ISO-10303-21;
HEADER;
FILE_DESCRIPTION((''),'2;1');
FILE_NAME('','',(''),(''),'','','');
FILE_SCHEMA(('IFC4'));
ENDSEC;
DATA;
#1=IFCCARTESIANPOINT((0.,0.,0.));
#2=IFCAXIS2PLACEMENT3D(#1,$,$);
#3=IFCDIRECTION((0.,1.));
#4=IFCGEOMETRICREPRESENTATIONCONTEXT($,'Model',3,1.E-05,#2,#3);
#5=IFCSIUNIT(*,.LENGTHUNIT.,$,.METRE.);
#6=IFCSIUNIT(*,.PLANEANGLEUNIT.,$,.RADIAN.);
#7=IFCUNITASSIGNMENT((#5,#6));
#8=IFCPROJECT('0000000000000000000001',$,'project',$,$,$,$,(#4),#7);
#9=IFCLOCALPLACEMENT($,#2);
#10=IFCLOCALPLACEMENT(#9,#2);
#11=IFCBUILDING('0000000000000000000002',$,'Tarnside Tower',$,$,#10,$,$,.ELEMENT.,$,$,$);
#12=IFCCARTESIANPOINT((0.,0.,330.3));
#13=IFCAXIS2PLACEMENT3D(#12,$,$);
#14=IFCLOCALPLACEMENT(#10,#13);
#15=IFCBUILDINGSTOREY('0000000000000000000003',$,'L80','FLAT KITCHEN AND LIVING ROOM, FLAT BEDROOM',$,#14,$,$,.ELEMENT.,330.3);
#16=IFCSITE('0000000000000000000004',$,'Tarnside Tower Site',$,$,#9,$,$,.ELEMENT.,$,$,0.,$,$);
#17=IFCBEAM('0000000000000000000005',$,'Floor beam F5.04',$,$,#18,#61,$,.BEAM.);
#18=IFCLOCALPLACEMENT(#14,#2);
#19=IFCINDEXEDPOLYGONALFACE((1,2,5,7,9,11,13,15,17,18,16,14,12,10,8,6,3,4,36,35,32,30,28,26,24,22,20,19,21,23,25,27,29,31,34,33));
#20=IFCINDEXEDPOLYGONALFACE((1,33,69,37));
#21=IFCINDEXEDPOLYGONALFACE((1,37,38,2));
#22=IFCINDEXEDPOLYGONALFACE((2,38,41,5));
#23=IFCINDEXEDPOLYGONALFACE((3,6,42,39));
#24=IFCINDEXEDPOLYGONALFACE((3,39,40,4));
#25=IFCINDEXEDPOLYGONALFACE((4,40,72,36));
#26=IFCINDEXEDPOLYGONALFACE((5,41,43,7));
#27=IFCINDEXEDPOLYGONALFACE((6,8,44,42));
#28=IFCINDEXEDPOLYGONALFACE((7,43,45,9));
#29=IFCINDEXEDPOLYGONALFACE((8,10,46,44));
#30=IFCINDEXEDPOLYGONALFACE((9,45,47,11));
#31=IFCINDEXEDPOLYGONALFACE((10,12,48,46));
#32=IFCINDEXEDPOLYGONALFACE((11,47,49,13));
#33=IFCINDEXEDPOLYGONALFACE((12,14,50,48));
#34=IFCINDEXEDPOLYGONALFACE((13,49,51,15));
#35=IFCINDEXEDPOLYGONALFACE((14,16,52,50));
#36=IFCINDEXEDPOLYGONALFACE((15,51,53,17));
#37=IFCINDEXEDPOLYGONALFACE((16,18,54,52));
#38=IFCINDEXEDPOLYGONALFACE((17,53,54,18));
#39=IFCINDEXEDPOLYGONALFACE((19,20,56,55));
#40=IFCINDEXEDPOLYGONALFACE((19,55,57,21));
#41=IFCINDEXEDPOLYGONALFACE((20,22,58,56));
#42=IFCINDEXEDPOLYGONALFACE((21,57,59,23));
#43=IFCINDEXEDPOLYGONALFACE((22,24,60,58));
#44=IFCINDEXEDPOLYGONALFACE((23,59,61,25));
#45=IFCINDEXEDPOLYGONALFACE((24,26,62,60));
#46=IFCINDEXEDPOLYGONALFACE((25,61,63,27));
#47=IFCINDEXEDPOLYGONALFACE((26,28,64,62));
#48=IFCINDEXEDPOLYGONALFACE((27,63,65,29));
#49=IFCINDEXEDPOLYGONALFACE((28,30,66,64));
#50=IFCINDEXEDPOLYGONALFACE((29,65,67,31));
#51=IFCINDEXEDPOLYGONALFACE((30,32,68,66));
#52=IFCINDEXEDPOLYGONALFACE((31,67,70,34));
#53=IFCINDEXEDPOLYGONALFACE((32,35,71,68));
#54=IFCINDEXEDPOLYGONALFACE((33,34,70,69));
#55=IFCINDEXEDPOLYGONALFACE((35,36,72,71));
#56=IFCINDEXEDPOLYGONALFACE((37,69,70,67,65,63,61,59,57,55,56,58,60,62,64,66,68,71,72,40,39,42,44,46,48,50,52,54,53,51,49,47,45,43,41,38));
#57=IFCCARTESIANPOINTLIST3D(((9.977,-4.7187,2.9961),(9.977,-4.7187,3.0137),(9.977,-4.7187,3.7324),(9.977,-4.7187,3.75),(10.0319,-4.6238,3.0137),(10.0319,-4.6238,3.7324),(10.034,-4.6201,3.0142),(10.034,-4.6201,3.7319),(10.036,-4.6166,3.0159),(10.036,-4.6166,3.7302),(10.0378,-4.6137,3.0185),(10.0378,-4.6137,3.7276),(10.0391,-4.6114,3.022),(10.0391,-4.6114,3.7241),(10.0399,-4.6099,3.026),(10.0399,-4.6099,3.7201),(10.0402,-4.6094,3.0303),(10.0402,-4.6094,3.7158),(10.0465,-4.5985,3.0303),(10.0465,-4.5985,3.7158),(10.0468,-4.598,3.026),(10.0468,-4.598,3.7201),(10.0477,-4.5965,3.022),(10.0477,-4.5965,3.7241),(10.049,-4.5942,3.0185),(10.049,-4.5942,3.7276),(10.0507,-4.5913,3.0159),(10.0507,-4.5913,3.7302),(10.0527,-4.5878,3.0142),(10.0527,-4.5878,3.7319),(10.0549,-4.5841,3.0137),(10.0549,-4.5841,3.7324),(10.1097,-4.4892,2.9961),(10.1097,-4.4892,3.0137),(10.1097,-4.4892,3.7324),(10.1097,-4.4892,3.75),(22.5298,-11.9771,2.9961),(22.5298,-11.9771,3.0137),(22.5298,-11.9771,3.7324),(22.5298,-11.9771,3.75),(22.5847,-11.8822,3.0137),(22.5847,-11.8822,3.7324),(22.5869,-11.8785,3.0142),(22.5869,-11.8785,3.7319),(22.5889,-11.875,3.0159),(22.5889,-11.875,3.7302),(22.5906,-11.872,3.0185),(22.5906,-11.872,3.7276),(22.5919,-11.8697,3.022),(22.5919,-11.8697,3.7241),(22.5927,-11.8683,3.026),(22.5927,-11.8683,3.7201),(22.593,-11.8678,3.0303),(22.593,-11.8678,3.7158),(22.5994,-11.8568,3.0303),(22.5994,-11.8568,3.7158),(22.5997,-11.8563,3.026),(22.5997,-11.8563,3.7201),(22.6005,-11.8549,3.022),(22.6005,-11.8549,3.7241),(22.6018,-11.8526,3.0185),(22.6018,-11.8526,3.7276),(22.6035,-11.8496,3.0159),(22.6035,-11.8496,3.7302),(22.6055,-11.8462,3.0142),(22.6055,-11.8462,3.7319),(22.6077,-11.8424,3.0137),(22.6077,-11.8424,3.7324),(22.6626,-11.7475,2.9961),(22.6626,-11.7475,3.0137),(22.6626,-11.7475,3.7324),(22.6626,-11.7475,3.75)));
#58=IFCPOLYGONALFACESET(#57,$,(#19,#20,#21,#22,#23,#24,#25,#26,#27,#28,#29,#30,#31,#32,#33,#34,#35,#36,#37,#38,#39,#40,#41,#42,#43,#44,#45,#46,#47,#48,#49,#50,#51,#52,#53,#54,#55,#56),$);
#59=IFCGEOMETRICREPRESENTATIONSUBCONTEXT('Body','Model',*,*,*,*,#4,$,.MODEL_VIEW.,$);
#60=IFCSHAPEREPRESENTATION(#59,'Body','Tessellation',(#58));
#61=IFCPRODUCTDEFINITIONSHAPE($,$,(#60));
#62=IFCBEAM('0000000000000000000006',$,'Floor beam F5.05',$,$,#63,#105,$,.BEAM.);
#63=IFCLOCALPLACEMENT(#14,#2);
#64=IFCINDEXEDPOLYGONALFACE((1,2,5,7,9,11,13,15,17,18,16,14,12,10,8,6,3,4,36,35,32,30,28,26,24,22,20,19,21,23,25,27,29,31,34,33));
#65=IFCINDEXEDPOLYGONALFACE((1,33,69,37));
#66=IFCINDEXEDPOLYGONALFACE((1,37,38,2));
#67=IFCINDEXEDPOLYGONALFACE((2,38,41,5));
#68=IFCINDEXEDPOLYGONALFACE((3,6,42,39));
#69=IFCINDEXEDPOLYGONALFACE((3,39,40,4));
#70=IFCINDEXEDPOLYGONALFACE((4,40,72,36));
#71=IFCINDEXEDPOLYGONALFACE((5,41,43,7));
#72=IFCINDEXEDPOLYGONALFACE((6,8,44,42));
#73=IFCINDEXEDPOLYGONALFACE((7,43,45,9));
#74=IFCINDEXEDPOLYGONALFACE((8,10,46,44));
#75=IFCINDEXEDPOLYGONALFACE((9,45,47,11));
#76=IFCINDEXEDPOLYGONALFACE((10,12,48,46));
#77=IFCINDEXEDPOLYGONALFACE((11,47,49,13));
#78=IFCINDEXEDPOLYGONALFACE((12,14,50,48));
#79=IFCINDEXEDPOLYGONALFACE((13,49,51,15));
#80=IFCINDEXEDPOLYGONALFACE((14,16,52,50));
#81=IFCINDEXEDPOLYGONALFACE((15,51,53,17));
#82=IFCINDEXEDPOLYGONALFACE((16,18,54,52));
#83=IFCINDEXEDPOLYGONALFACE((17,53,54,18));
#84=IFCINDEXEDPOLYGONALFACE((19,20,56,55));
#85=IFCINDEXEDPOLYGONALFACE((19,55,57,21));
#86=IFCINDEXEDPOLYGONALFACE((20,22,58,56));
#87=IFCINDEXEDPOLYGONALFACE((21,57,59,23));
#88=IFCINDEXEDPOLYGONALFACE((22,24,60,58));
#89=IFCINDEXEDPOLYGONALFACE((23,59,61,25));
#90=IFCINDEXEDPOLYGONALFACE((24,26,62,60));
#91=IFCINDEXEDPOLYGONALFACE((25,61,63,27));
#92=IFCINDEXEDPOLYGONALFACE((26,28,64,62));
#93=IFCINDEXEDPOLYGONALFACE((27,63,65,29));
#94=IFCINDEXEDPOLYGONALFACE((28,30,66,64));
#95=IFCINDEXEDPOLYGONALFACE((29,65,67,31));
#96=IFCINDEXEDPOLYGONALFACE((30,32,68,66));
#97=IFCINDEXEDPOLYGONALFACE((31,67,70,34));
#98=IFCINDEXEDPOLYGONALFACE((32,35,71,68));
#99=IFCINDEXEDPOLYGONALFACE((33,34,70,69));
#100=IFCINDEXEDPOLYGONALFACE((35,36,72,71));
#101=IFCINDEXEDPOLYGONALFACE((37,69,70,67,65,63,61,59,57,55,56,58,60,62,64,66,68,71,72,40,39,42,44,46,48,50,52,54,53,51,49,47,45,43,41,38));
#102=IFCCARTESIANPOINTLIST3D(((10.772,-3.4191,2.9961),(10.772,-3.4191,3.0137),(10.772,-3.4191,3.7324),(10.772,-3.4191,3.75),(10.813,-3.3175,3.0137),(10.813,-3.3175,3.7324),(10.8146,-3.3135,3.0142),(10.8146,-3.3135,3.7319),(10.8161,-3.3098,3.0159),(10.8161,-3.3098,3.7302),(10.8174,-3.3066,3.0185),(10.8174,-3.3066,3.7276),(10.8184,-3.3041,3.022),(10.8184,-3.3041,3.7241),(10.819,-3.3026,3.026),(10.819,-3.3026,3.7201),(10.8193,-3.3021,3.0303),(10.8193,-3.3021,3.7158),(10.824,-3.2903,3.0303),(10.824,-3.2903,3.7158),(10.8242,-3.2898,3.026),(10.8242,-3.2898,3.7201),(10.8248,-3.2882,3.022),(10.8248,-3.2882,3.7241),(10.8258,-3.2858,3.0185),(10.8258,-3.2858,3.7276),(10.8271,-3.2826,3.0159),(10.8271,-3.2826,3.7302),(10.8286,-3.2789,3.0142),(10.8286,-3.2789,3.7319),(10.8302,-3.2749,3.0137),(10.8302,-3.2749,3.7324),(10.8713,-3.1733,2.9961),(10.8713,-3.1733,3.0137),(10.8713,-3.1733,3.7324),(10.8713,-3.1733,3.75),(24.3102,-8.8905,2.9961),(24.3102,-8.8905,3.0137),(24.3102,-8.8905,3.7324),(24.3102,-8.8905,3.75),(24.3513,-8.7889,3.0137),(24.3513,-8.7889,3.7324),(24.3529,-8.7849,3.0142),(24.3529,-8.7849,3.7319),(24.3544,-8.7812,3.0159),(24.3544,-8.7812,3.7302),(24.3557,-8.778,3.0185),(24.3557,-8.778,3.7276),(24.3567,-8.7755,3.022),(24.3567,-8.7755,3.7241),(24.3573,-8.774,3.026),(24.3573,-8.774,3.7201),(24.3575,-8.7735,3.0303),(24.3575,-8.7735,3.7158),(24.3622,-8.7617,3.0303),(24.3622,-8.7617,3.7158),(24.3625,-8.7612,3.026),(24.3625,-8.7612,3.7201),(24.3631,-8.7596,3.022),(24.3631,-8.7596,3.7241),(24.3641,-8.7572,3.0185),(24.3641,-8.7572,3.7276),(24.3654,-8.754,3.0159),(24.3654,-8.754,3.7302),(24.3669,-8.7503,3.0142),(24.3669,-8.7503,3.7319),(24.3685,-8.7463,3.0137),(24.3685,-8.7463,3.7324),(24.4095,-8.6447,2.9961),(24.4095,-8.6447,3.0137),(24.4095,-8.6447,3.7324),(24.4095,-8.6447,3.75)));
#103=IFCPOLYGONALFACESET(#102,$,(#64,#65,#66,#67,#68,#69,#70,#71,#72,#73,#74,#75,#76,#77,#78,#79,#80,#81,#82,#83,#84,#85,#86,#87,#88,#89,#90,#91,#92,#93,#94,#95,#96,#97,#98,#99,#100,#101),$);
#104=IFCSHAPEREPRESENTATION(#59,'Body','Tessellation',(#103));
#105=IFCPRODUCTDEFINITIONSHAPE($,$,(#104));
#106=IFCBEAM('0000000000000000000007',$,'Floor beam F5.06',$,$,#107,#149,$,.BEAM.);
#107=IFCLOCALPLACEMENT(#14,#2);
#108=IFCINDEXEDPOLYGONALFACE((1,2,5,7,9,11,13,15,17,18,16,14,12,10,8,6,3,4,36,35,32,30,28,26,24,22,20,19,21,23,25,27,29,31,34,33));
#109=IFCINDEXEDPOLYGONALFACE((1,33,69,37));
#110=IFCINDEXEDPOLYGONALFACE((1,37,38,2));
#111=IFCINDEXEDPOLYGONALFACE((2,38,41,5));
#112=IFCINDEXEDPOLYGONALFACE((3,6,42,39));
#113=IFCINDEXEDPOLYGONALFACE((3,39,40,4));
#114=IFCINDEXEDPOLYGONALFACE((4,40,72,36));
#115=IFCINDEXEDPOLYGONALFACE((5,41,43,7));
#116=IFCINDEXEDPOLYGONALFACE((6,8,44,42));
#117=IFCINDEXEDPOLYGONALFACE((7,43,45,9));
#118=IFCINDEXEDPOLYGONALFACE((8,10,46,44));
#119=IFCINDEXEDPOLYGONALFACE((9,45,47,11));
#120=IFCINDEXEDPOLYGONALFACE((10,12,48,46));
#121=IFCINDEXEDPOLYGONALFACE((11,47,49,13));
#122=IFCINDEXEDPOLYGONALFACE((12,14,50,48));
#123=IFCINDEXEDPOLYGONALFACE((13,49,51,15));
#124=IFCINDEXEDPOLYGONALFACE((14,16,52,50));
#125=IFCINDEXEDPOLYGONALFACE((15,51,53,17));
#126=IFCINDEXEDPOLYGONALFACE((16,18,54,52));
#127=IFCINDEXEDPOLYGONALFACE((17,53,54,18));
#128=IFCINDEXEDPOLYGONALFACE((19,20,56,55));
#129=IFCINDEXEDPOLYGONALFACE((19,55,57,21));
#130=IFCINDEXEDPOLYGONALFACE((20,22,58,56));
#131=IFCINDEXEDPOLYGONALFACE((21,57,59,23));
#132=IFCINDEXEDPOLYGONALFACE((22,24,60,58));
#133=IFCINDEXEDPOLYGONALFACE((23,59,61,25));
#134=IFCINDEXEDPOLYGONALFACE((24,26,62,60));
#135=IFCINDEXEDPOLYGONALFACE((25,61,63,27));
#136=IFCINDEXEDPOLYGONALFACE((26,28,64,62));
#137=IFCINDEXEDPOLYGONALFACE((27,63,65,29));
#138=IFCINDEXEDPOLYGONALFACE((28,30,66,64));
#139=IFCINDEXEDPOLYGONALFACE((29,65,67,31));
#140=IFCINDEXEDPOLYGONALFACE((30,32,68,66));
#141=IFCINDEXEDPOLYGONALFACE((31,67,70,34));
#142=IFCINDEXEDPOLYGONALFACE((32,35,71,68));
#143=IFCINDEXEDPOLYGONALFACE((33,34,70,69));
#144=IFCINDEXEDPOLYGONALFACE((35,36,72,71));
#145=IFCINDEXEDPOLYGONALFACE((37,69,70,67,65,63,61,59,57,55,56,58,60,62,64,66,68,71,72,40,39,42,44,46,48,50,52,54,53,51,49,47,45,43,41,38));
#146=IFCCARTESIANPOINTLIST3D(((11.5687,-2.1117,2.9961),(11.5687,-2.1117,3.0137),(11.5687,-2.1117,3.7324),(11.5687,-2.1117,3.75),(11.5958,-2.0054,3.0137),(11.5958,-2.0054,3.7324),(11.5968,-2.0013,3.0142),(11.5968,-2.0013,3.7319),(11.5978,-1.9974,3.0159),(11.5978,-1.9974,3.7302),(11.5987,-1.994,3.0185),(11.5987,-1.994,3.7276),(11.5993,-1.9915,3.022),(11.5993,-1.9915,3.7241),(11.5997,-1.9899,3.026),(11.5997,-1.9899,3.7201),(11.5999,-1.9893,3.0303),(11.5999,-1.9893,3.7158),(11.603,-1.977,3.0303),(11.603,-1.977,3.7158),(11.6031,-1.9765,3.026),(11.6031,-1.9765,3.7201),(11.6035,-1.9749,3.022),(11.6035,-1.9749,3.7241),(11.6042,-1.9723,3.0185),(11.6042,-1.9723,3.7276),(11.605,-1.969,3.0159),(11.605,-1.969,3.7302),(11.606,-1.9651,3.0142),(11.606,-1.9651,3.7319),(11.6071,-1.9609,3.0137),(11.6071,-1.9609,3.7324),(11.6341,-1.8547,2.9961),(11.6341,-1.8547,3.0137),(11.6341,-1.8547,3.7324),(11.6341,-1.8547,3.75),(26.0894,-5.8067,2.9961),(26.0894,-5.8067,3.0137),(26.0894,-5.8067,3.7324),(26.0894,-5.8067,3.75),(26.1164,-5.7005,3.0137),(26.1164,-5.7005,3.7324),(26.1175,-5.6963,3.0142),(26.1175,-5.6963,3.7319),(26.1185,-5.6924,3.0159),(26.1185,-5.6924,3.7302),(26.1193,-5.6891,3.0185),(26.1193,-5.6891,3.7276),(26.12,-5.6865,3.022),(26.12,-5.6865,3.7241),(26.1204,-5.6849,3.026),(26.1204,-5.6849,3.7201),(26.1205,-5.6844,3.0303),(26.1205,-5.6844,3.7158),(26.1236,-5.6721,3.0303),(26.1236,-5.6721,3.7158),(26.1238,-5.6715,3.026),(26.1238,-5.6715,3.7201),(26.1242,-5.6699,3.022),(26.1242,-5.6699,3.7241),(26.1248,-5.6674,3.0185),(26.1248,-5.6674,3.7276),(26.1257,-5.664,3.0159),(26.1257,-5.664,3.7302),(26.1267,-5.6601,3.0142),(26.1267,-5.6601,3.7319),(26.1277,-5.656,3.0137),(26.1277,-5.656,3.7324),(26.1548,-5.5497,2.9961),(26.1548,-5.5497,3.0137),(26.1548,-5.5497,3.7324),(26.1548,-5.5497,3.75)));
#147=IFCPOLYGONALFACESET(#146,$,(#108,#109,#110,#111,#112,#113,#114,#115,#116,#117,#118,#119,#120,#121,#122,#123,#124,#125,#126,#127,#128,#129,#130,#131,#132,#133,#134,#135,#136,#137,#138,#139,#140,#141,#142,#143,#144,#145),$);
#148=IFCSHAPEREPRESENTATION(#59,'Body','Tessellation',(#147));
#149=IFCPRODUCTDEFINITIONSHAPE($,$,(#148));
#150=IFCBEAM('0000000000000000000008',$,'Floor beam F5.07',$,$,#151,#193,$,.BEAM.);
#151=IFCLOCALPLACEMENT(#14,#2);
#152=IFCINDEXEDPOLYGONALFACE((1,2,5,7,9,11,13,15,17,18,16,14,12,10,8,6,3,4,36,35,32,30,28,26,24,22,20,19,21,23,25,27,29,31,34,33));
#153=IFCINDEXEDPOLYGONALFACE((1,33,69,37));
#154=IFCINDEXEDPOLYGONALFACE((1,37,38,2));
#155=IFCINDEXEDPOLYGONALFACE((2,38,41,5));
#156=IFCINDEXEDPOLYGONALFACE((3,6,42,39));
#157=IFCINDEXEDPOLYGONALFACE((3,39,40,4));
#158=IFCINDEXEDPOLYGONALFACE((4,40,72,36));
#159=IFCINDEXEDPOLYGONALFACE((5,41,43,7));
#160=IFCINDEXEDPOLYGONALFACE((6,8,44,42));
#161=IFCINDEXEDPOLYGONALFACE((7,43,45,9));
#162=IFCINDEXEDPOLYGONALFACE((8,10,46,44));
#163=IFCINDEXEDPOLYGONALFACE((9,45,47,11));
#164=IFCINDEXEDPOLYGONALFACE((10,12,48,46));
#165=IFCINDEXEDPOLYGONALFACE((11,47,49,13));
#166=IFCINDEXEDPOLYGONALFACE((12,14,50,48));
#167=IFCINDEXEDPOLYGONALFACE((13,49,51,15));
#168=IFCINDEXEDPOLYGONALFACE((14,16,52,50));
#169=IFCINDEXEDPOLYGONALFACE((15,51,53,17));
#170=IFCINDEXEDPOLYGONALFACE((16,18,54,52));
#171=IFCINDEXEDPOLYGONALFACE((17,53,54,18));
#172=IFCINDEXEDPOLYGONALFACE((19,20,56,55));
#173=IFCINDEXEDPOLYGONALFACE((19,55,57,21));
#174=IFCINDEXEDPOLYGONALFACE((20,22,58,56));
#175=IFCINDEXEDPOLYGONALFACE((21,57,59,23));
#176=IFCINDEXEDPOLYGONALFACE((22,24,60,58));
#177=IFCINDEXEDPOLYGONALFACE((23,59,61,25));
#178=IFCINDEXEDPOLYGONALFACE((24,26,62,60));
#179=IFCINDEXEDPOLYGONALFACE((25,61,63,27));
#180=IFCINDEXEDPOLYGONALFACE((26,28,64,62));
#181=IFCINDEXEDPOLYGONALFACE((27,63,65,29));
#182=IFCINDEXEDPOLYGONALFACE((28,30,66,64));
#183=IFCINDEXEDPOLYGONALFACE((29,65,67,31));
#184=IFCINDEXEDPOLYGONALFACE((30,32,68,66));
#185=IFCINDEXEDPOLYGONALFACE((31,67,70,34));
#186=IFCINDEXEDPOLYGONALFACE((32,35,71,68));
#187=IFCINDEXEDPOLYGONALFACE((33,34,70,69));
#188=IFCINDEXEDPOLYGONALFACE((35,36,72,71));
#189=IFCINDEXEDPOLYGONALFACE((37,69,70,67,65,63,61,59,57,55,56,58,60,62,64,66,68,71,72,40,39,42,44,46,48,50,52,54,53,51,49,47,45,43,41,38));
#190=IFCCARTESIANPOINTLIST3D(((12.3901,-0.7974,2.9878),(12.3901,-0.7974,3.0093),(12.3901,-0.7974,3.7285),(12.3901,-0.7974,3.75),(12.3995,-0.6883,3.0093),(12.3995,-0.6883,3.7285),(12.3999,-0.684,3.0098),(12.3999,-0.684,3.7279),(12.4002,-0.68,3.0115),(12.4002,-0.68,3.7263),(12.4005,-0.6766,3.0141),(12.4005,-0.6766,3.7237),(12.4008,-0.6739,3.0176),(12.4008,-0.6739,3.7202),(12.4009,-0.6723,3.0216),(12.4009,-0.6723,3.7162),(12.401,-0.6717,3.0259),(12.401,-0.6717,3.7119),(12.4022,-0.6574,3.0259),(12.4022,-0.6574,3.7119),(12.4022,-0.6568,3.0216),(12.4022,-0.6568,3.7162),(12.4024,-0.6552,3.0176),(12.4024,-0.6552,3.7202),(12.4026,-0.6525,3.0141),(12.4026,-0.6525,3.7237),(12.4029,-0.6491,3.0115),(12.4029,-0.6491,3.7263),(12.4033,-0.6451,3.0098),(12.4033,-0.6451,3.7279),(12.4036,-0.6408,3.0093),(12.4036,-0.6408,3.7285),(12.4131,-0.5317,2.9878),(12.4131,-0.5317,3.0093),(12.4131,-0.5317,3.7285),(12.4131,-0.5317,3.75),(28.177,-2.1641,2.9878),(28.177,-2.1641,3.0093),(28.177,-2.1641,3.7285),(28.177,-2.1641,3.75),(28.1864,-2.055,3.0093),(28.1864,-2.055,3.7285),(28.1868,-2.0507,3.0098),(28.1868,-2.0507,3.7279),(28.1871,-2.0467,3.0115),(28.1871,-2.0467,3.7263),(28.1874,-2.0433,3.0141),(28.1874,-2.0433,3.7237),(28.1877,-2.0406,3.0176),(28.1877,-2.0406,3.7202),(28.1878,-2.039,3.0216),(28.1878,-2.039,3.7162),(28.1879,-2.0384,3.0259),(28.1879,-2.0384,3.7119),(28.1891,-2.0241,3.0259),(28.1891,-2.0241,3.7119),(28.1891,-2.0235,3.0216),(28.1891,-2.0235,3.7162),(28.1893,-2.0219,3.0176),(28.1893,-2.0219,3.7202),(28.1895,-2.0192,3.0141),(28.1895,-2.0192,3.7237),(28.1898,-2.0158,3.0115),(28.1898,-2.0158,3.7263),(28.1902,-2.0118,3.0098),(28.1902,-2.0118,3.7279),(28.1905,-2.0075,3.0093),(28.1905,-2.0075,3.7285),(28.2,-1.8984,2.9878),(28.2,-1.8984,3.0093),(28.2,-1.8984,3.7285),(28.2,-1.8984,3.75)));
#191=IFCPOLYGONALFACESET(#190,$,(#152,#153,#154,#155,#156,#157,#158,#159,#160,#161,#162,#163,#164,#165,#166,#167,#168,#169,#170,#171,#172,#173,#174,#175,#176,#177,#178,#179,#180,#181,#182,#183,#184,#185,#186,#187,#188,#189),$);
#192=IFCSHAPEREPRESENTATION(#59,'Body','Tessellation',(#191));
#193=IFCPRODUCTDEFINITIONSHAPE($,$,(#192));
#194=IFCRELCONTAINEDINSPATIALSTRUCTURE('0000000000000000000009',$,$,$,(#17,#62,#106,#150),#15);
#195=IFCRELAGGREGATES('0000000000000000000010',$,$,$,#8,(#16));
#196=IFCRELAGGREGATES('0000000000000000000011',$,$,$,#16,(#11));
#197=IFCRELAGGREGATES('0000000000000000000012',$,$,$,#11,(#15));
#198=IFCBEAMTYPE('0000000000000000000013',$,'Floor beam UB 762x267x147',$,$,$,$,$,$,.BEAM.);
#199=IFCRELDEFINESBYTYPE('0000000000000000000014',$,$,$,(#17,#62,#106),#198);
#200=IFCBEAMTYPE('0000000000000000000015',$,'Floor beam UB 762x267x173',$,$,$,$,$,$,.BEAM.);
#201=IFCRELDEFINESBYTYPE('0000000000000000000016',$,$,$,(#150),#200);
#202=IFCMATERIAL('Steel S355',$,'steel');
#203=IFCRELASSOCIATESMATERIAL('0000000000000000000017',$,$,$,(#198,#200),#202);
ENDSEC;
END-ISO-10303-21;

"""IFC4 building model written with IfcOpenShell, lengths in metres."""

from ifc_helpers import new_model, si_unit, direction, frame, origin, origin_2d, place, context, subcontext, project, spatial, i_section, extrude, material, material_profile, profile_set, type_object, element, save


model = new_model("IFC4")

# Units and contexts
model_context = context("Model", 3, precision=1e-05, world=origin(), true_north=direction((0.0, 1.0)))
body_context = subcontext(model_context, "Body", "Model", "MODEL_VIEW")
ifc_project = project(units=[si_unit("LENGTHUNIT", "METRE"), si_unit("PLANEANGLEUNIT", "RADIAN")], contexts=[model_context])

# Site, building, storey
site_placement = place(None, origin())
site = spatial("IfcSite", under=ifc_project, at=site_placement, Name="Tarnside Tower Site", CompositionType="ELEMENT", RefElevation=0.0)
building_placement = place(site_placement, origin())
building = spatial("IfcBuilding", under=site, at=building_placement, Name="Tarnside Tower", CompositionType="ELEMENT")
storey_placement = place(building_placement, frame((0.0, 0.0, 330.3)))
storey = spatial("IfcBuildingStorey", under=building, at=storey_placement, Name="L80", Description="FLAT KITCHEN AND LIVING ROOM, FLAT BEDROOM", CompositionType="ELEMENT", Elevation=330.3)

# Beams
ifc_material_1 = material(Name="Steel S355", Category="steel")
ifc_material_profile_1 = material_profile(ifc_material_1, i_section(OverallWidth=0.2651, OverallDepth=0.7539, WebThickness=0.0127, FlangeThickness=0.0176, FilletRadius=0.0166, at=origin_2d()), Name="UB 762x267x147")
ifc_profile_set_1 = profile_set([ifc_material_profile_1], Name="Steel S355")
beam_type_1 = type_object("IfcBeamType", Name="Floor beam UB 762x267x147", PredefinedType="BEAM", material=ifc_profile_set_1)
beam_1_placement = place(storey_placement, frame((22.5962, -11.8623, 3.373), z_axis=(-0.865697, 0.500568, 0.0), x_axis=(-0.500568, -0.865697, 0.0)))
element("IfcBeam", 1, at=beam_1_placement, inside=storey, type_object=beam_type_1, Name="Floor beam F5.04", PredefinedType="BEAM", context=body_context, shape_type="SweptSolid", body=[
    extrude(i_section(OverallWidth=0.2651, OverallDepth=0.7539, WebThickness=0.0127, FlangeThickness=0.0176, FilletRadius=0.0166, at=origin_2d()), origin(), (0.0, 0.0, 1.0), 14.5002),
])
beam_2_placement = place(storey_placement, frame((24.3599, -8.7676, 3.373), z_axis=(-0.927146, 0.374701, 0.0), x_axis=(-0.374701, -0.927146, 0.0)))
element("IfcBeam", 2, at=beam_2_placement, inside=storey, type_object=beam_type_1, Name="Floor beam F5.05", PredefinedType="BEAM", context=body_context, shape_type="SweptSolid", body=[
    extrude(i_section(OverallWidth=0.2651, OverallDepth=0.7539, WebThickness=0.0127, FlangeThickness=0.0176, FilletRadius=0.0166, at=origin_2d()), origin(), (0.0, 0.0, 1.0), 14.6021),
])
beam_3_placement = place(storey_placement, frame((26.1221, -5.6782, 3.373), z_axis=(-0.969115, 0.246609, 0.0), x_axis=(-0.246609, -0.969115, 0.0)))
element("IfcBeam", 3, at=beam_3_placement, inside=storey, type_object=beam_type_1, Name="Floor beam F5.06", PredefinedType="BEAM", context=body_context, shape_type="SweptSolid", body=[
    extrude(i_section(OverallWidth=0.2651, OverallDepth=0.7539, WebThickness=0.0127, FlangeThickness=0.0176, FilletRadius=0.0166, at=origin_2d()), origin(), (0.0, 0.0, 1.0), 14.9834),
])
ifc_material_profile_2 = material_profile(ifc_material_1, i_section(OverallWidth=0.2666, OverallDepth=0.7622, WebThickness=0.0144, FlangeThickness=0.0215, FilletRadius=0.0166, at=origin_2d()), Name="UB 762x267x173")
ifc_profile_set_2 = profile_set([ifc_material_profile_2], Name="Steel S355")
beam_type_2 = type_object("IfcBeamType", Name="Floor beam UB 762x267x173", PredefinedType="BEAM", material=ifc_profile_set_2)
beam_4_placement = place(storey_placement, frame((28.1885, -2.0312, 3.3689), z_axis=(-0.996274, 0.086249, 0.0), x_axis=(-0.086249, -0.996274, 0.0)))
element("IfcBeam", 4, at=beam_4_placement, inside=storey, type_object=beam_type_2, Name="Floor beam F5.07", PredefinedType="BEAM", context=body_context, shape_type="SweptSolid", body=[
    extrude(i_section(OverallWidth=0.2666, OverallDepth=0.7622, WebThickness=0.0144, FlangeThickness=0.0215, FilletRadius=0.0166, at=origin_2d()), origin(), (0.0, 0.0, 1.0), 15.8459),
])

save(model, "model.ifc")
